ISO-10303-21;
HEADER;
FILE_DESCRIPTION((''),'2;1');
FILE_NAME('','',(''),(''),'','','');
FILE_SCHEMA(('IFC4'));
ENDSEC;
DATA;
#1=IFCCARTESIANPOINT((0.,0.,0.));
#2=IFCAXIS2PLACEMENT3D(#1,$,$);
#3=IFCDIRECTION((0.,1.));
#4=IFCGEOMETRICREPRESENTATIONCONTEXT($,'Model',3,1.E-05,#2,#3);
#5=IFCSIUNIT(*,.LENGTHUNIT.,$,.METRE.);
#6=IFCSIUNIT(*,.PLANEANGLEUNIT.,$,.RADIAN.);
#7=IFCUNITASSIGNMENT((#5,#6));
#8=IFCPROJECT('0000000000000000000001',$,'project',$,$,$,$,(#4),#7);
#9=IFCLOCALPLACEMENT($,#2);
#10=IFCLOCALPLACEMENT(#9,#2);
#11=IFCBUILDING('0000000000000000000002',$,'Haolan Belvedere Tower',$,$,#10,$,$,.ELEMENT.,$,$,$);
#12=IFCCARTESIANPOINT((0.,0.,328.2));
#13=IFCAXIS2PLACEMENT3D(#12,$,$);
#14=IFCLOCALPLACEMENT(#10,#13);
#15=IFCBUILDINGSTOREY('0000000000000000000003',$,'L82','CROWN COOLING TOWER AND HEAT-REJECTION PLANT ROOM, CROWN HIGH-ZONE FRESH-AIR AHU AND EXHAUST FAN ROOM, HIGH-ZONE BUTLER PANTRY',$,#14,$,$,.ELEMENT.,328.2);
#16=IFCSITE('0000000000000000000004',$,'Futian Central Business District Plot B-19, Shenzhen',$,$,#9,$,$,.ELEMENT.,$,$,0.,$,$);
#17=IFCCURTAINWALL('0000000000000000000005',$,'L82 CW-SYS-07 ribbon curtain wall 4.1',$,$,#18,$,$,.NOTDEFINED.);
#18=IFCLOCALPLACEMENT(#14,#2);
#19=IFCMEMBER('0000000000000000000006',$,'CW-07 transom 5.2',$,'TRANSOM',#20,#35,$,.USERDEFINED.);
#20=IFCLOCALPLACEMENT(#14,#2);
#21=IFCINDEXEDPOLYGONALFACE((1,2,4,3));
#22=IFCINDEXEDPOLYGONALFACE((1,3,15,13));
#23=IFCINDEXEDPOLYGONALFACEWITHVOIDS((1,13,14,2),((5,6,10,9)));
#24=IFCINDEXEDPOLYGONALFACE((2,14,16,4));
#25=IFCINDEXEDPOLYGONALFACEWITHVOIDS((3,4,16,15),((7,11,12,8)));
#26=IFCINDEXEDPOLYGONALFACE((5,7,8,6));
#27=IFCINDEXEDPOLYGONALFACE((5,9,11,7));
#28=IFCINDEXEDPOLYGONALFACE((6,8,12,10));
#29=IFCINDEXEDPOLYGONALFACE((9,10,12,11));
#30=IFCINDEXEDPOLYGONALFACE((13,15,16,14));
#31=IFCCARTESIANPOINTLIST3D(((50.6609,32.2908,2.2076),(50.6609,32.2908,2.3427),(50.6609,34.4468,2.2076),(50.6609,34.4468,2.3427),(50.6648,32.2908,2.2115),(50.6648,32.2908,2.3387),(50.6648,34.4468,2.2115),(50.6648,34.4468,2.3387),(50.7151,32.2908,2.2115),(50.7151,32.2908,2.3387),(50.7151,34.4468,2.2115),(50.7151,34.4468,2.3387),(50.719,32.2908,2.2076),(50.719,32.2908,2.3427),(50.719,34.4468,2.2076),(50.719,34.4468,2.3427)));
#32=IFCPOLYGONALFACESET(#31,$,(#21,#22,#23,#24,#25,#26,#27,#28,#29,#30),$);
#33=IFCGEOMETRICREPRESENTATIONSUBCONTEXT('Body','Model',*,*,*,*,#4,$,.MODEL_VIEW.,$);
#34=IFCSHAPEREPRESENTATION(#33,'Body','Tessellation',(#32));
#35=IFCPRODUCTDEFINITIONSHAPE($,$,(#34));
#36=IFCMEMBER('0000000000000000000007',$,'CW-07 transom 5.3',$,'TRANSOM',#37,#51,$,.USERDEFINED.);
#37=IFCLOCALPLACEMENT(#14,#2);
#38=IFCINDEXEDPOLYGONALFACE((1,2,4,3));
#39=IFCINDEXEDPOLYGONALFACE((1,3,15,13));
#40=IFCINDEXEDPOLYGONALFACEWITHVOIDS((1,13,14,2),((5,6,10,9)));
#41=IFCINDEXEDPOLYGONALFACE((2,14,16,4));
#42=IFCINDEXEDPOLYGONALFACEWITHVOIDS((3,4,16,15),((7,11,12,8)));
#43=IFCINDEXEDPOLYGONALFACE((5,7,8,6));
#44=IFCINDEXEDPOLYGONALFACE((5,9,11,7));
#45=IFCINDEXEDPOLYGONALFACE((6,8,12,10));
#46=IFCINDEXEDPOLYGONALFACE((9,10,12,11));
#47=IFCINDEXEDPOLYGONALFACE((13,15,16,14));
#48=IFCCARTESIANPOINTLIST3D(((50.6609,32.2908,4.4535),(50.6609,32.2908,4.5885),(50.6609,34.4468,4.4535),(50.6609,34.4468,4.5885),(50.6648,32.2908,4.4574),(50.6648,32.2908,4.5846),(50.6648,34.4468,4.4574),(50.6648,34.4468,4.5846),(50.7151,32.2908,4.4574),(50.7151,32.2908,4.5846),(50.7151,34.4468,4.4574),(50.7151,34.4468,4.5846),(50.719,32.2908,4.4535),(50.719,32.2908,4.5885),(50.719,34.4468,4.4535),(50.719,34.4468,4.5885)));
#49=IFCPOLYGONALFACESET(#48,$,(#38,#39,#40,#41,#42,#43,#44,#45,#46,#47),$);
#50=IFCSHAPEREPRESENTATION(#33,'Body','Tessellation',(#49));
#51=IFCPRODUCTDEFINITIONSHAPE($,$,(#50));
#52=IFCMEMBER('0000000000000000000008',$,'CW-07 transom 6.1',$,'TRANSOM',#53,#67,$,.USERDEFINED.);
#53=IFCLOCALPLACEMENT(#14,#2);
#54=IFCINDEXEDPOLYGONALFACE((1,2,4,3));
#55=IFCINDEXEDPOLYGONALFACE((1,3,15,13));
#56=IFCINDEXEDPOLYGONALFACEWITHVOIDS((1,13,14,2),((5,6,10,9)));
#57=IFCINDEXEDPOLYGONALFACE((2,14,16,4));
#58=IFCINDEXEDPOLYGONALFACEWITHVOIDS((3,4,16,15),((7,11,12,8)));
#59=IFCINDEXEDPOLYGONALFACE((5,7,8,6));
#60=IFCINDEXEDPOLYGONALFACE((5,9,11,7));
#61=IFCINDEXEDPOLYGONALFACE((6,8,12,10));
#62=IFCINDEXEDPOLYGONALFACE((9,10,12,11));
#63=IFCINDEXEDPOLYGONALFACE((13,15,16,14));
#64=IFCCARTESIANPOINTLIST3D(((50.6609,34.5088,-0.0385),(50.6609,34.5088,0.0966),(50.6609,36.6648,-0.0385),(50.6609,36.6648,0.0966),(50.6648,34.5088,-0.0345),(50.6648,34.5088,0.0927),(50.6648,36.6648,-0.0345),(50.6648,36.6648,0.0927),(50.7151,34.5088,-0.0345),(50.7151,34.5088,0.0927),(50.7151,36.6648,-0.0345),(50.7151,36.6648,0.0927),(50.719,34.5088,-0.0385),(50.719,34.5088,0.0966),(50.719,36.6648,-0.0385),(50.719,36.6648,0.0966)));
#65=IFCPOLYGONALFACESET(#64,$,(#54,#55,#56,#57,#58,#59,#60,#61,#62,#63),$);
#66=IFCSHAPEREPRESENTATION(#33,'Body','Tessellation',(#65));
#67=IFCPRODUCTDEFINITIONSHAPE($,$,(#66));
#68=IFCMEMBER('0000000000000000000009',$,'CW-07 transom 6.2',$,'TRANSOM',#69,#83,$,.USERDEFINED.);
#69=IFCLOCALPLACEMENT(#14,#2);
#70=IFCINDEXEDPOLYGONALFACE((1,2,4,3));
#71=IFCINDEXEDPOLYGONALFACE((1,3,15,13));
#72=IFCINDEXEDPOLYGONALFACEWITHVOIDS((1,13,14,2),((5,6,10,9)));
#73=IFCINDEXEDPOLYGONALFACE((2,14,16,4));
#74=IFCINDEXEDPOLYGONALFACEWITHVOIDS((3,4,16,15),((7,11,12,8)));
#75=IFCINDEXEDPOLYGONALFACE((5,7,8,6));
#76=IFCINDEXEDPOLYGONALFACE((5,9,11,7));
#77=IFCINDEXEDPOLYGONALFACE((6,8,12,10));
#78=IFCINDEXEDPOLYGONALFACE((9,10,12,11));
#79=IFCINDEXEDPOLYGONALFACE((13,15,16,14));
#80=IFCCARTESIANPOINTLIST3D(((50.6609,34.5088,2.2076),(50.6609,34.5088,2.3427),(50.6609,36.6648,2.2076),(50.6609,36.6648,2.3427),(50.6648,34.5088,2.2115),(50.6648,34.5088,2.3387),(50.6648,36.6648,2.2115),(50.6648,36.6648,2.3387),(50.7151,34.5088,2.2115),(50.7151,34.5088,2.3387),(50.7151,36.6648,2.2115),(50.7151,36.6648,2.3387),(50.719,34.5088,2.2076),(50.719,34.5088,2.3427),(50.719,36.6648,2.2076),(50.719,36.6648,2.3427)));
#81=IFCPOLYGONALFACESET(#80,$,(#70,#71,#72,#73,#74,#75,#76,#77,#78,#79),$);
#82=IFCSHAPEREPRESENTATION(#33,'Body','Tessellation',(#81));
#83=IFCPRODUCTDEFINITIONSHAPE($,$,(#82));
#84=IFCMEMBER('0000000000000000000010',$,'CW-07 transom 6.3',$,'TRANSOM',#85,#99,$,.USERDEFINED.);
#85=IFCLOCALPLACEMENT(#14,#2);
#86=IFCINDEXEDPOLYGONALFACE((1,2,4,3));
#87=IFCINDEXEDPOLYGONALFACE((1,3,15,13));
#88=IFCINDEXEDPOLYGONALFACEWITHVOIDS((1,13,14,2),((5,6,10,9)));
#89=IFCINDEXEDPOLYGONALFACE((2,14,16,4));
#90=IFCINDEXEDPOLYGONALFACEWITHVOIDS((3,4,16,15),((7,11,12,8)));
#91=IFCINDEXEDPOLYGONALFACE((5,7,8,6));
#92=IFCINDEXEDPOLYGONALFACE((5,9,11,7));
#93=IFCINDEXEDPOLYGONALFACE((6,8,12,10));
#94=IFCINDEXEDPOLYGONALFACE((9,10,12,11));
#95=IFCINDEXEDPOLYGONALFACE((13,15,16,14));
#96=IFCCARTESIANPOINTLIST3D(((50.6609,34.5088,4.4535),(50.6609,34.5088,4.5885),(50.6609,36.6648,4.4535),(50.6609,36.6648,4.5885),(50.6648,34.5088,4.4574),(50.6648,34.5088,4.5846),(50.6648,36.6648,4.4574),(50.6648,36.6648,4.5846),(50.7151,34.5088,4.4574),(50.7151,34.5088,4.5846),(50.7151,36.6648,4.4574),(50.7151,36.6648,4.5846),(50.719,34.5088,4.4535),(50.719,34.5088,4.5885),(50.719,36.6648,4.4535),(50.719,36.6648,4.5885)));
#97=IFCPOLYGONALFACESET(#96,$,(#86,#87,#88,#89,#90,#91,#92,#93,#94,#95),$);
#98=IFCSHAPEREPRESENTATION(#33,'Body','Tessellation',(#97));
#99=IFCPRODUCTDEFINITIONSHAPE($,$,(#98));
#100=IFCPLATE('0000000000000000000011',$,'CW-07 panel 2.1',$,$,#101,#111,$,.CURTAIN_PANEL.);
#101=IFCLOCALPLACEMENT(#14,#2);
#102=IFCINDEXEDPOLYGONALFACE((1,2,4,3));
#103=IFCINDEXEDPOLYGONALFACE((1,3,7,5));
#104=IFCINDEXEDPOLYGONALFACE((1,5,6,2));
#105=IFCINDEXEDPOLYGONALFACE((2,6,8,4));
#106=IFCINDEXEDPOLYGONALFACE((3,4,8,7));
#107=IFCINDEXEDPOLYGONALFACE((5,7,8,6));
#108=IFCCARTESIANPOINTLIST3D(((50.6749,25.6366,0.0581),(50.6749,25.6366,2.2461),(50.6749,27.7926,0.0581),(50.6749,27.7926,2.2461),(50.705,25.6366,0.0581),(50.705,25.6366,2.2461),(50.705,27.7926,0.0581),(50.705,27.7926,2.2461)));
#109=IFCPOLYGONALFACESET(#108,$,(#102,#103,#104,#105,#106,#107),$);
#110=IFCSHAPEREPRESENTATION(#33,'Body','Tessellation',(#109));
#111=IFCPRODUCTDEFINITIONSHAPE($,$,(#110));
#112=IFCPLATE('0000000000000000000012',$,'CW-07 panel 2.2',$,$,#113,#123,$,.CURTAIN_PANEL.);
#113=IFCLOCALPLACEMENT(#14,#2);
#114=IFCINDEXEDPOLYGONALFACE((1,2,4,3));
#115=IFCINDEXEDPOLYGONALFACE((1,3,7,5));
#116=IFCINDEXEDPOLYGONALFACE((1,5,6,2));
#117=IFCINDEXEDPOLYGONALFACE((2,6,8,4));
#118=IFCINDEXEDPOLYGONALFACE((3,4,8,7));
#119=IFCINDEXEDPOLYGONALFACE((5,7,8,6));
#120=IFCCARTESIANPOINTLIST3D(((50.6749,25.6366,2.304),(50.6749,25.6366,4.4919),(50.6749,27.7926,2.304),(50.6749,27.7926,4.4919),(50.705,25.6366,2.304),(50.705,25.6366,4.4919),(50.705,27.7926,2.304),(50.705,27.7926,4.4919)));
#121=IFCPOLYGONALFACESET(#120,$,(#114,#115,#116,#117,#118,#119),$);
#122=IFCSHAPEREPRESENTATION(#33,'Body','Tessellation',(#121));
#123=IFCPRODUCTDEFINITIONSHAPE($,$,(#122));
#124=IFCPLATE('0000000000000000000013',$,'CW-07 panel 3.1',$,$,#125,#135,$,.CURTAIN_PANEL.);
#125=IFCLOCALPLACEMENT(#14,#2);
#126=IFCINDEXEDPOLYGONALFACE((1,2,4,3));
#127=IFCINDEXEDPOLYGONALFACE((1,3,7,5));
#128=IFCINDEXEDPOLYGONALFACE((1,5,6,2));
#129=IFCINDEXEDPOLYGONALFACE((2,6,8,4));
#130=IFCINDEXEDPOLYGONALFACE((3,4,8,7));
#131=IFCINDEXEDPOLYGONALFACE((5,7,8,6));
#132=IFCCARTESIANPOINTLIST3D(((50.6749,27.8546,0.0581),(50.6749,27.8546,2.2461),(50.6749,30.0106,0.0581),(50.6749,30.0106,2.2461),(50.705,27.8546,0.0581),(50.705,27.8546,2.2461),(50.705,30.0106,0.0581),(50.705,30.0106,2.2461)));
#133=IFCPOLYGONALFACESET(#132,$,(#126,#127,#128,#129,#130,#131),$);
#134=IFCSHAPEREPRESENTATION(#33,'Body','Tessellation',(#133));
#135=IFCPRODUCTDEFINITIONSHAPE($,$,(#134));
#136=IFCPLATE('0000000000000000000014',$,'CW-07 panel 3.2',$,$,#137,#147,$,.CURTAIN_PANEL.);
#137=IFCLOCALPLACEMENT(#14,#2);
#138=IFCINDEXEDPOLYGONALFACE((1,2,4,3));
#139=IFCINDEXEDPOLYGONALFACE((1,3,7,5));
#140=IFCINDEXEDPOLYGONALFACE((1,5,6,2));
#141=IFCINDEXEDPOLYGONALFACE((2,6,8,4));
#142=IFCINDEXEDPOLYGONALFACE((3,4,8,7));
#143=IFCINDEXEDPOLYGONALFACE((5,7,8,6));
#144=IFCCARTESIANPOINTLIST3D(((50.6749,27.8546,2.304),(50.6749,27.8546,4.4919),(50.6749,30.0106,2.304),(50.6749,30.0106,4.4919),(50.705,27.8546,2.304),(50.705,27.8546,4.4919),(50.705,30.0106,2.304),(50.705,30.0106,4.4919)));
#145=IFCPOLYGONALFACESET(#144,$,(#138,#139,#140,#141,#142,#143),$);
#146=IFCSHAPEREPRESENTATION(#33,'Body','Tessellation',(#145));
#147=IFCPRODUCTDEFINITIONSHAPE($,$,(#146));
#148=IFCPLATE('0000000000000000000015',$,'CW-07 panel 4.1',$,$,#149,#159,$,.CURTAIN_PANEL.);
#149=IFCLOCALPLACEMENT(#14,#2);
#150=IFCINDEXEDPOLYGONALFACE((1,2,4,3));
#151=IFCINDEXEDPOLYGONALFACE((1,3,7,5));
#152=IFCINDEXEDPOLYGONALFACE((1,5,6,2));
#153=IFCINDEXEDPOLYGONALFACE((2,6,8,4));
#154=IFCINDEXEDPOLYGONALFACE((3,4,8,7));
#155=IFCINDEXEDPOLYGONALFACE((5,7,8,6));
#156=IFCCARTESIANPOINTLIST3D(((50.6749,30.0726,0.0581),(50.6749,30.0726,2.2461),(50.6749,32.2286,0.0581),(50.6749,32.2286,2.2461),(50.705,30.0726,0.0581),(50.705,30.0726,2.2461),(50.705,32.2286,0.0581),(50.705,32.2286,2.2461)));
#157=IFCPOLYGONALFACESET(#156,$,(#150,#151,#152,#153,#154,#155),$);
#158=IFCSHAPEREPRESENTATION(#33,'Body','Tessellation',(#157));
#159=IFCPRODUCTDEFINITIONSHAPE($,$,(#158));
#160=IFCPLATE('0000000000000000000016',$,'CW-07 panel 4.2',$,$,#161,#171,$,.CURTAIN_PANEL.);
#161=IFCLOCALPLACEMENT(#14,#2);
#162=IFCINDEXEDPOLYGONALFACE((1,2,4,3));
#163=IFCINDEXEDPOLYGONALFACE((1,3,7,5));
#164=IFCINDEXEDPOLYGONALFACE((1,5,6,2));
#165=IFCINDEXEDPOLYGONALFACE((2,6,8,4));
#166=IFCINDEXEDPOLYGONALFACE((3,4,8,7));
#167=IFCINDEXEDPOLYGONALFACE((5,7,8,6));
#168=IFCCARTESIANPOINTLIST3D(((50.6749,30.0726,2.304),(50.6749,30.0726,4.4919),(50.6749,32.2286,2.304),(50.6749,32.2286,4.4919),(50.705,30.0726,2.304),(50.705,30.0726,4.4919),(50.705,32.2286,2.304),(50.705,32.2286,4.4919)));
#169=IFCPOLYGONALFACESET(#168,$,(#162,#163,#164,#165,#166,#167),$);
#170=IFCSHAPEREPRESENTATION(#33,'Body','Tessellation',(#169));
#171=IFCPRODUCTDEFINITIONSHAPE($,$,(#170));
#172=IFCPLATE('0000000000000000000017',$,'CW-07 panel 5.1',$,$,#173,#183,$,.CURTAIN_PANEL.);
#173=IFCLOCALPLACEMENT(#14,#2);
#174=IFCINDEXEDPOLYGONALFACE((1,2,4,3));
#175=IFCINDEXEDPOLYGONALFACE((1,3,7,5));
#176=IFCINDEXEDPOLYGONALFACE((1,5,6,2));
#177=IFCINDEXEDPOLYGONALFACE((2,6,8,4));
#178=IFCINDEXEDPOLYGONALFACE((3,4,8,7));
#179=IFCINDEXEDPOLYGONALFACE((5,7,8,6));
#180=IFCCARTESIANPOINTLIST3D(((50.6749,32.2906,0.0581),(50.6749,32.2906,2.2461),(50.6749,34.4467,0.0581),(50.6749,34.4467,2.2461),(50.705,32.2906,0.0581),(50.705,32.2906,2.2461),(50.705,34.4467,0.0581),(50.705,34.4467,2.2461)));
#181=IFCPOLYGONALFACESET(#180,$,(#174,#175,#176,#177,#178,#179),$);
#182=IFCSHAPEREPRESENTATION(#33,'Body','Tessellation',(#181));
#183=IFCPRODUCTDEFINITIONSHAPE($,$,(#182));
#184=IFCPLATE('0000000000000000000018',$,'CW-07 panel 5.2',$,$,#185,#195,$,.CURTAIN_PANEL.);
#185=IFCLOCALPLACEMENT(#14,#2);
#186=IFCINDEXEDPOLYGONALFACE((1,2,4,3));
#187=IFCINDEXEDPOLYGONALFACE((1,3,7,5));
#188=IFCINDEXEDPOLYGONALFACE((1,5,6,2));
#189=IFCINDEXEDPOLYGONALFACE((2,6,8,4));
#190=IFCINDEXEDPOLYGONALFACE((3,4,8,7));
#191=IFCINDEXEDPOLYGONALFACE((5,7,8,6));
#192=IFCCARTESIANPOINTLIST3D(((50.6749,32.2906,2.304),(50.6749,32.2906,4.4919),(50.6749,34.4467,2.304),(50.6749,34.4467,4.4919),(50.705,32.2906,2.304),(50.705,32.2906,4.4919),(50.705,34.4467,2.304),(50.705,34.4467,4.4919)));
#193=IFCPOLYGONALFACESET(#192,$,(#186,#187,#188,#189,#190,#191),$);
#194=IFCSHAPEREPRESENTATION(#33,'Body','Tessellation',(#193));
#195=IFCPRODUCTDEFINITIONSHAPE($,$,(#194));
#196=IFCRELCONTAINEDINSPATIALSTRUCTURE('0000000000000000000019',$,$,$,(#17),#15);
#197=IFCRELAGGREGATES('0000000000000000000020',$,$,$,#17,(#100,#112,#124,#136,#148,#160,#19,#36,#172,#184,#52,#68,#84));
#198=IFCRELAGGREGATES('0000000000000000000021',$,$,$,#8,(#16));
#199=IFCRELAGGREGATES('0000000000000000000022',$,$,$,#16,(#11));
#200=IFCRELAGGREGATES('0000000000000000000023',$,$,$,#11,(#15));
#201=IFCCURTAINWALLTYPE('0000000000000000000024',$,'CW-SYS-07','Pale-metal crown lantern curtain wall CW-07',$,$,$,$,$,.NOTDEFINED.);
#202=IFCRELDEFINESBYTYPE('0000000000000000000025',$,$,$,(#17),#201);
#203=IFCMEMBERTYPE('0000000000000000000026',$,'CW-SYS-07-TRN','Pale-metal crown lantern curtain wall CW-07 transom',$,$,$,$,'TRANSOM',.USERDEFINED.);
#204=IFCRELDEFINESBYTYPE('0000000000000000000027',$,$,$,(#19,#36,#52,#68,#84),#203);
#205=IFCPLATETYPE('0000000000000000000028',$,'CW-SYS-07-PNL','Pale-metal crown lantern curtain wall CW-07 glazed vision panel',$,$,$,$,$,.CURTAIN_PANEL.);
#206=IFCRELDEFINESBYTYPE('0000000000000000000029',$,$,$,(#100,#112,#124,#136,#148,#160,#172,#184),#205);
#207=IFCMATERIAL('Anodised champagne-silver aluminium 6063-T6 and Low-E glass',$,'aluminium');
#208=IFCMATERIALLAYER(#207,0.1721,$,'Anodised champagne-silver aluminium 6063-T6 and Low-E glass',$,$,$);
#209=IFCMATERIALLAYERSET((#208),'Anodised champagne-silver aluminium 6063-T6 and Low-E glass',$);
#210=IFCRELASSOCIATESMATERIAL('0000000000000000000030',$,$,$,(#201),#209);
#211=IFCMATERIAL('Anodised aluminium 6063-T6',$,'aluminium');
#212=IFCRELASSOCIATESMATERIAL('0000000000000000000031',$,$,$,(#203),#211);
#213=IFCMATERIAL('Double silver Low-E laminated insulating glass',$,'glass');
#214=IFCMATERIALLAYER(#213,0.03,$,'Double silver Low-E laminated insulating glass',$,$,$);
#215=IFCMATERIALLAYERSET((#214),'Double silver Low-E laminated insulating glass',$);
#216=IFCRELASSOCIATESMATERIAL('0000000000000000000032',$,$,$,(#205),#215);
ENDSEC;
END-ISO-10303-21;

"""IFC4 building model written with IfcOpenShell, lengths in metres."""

from ifc_helpers import new_model, si_unit, direction, frame, origin, origin_2d, place, context, subcontext, project, spatial, rectangle, hollow_rectangle, extrude, material, layer, layer_set, material_profile, profile_set, type_object, element, aggregate, save


model = new_model("IFC4")

# Units and contexts
model_context = context("Model", 3, precision=1e-05, world=origin(), true_north=direction((0.0, 1.0)))
body_context = subcontext(model_context, "Body", "Model", "MODEL_VIEW")
ifc_project = project(units=[si_unit("LENGTHUNIT", "METRE"), si_unit("PLANEANGLEUNIT", "RADIAN")], contexts=[model_context])

# Site, building, storey
site_placement = place(None, origin())
site = spatial("IfcSite", under=ifc_project, at=site_placement, Name="Futian Central Business District Plot B-19, Shenzhen", CompositionType="ELEMENT", RefElevation=0.0)
building_placement = place(site_placement, origin())
building = spatial("IfcBuilding", under=site, at=building_placement, Name="Haolan Belvedere Tower", CompositionType="ELEMENT")
storey_placement = place(building_placement, frame((0.0, 0.0, 328.2)))
storey = spatial("IfcBuildingStorey", under=building, at=storey_placement, Name="L82", Description="CROWN COOLING TOWER AND HEAT-REJECTION PLANT ROOM, CROWN HIGH-ZONE FRESH-AIR AHU AND EXHAUST FAN ROOM, HIGH-ZONE BUTLER PANTRY", CompositionType="ELEMENT", Elevation=328.2)

# Curtain wall, members, plates
ifc_material_1 = material(Name="Anodised champagne-silver aluminium 6063-T6 and Low-E glass", Category="aluminium")
ifc_layer_1 = layer(ifc_material_1, 0.1721, Name="Anodised champagne-silver aluminium 6063-T6 and Low-E glass")
ifc_layer_set_1 = layer_set([ifc_layer_1], Name="Anodised champagne-silver aluminium 6063-T6 and Low-E glass")
curtain_wall_type = type_object("IfcCurtainWallType", Name="CW-SYS-07", Description="Pale-metal crown lantern curtain wall CW-07", PredefinedType="NOTDEFINED", material=ifc_layer_set_1)
curtain_wall_placement = place(storey_placement, origin())
curtain_wall = element("IfcCurtainWall", 1, at=curtain_wall_placement, inside=storey, type_object=curtain_wall_type, Name="L82 CW-SYS-07 ribbon curtain wall 4.1", PredefinedType="NOTDEFINED")
ifc_material_2 = material(Name="Anodised aluminium 6063-T6", Category="aluminium")
ifc_material_profile_1 = material_profile(ifc_material_2, hollow_rectangle(XDim=0.0581, YDim=0.135, WallThickness=0.0039, at=origin_2d()), Name="Anodised aluminium 6063-T6")
ifc_profile_set_1 = profile_set([ifc_material_profile_1], Name="Anodised aluminium 6063-T6")
member_type_1 = type_object("IfcMemberType", Name="CW-SYS-07-TRN", Description="Pale-metal crown lantern curtain wall CW-07 transom", ElementType="TRANSOM", PredefinedType="USERDEFINED", material=ifc_profile_set_1)
member_1_placement = place(storey_placement, frame((50.6899, 32.2908, 2.2751), z_axis=(0.0, 1.0, 0.0), x_axis=(-1.0, 0.0, 0.0)))
member_1 = element("IfcMember", 2, at=member_1_placement, type_object=member_type_1, Name="CW-07 transom 5.2", ObjectType="TRANSOM", PredefinedType="USERDEFINED", context=body_context, shape_type="SweptSolid", body=[
    extrude(hollow_rectangle(XDim=0.0581, YDim=0.135, WallThickness=0.0039, at=origin_2d()), origin(), (0.0, 0.0, 1.0), 2.156),
])
member_2_placement = place(storey_placement, frame((50.6899, 32.2908, 4.521), z_axis=(0.0, 1.0, 0.0), x_axis=(-1.0, 0.0, 0.0)))
member_2 = element("IfcMember", 3, at=member_2_placement, type_object=member_type_1, Name="CW-07 transom 5.3", ObjectType="TRANSOM", PredefinedType="USERDEFINED", context=body_context, shape_type="SweptSolid", body=[
    extrude(hollow_rectangle(XDim=0.0581, YDim=0.135, WallThickness=0.0039, at=origin_2d()), origin(), (0.0, 0.0, 1.0), 2.156),
])
member_3_placement = place(storey_placement, frame((50.6899, 34.5088, 0.0291), z_axis=(0.0, 1.0, 0.0), x_axis=(-1.0, 0.0, 0.0)))
member_3 = element("IfcMember", 4, at=member_3_placement, type_object=member_type_1, Name="CW-07 transom 6.1", ObjectType="TRANSOM", PredefinedType="USERDEFINED", context=body_context, shape_type="SweptSolid", body=[
    extrude(hollow_rectangle(XDim=0.0581, YDim=0.135, WallThickness=0.0039, at=origin_2d()), origin(), (0.0, 0.0, 1.0), 2.156),
])
member_4_placement = place(storey_placement, frame((50.6899, 34.5088, 2.2751), z_axis=(0.0, 1.0, 0.0), x_axis=(-1.0, 0.0, 0.0)))
member_4 = element("IfcMember", 5, at=member_4_placement, type_object=member_type_1, Name="CW-07 transom 6.2", ObjectType="TRANSOM", PredefinedType="USERDEFINED", context=body_context, shape_type="SweptSolid", body=[
    extrude(hollow_rectangle(XDim=0.0581, YDim=0.135, WallThickness=0.0039, at=origin_2d()), origin(), (0.0, 0.0, 1.0), 2.156),
])
member_5_placement = place(storey_placement, frame((50.6899, 34.5088, 4.521), z_axis=(0.0, 1.0, 0.0), x_axis=(-1.0, 0.0, 0.0)))
member_5 = element("IfcMember", 6, at=member_5_placement, type_object=member_type_1, Name="CW-07 transom 6.3", ObjectType="TRANSOM", PredefinedType="USERDEFINED", context=body_context, shape_type="SweptSolid", body=[
    extrude(hollow_rectangle(XDim=0.0581, YDim=0.135, WallThickness=0.0039, at=origin_2d()), origin(), (0.0, 0.0, 1.0), 2.156),
])
ifc_material_3 = material(Name="Double silver Low-E laminated insulating glass", Category="glass")
ifc_layer_2 = layer(ifc_material_3, 0.03, Name="Double silver Low-E laminated insulating glass")
ifc_layer_set_2 = layer_set([ifc_layer_2], Name="Double silver Low-E laminated insulating glass")
plate_type = type_object("IfcPlateType", Name="CW-SYS-07-PNL", Description="Pale-metal crown lantern curtain wall CW-07 glazed vision panel", PredefinedType="CURTAIN_PANEL", material=ifc_layer_set_2)
plate_1_placement = place(storey_placement, frame((50.6899, 26.7146, 0.0581), z_axis=(0.0, 0.0, 1.0), x_axis=(0.0, 1.0, 0.0)))
plate_1 = element("IfcPlate", 7, at=plate_1_placement, type_object=plate_type, Name="CW-07 panel 2.1", PredefinedType="CURTAIN_PANEL", context=body_context, shape_type="SweptSolid", body=[
    extrude(rectangle(XDim=2.156, YDim=0.03, at=origin_2d()), origin(), (0.0, 0.0, 1.0), 2.188),
])
plate_2_placement = place(storey_placement, frame((50.6899, 26.7146, 2.304), z_axis=(0.0, 0.0, 1.0), x_axis=(0.0, 1.0, 0.0)))
plate_2 = element("IfcPlate", 8, at=plate_2_placement, type_object=plate_type, Name="CW-07 panel 2.2", PredefinedType="CURTAIN_PANEL", context=body_context, shape_type="SweptSolid", body=[
    extrude(rectangle(XDim=2.156, YDim=0.03, at=origin_2d()), origin(), (0.0, 0.0, 1.0), 2.188),
])
plate_3_placement = place(storey_placement, frame((50.6899, 28.9326, 0.0581), z_axis=(0.0, 0.0, 1.0), x_axis=(0.0, 1.0, 0.0)))
plate_3 = element("IfcPlate", 9, at=plate_3_placement, type_object=plate_type, Name="CW-07 panel 3.1", PredefinedType="CURTAIN_PANEL", context=body_context, shape_type="SweptSolid", body=[
    extrude(rectangle(XDim=2.156, YDim=0.03, at=origin_2d()), origin(), (0.0, 0.0, 1.0), 2.188),
])
plate_4_placement = place(storey_placement, frame((50.6899, 28.9326, 2.304), z_axis=(0.0, 0.0, 1.0), x_axis=(0.0, 1.0, 0.0)))
plate_4 = element("IfcPlate", 10, at=plate_4_placement, type_object=plate_type, Name="CW-07 panel 3.2", PredefinedType="CURTAIN_PANEL", context=body_context, shape_type="SweptSolid", body=[
    extrude(rectangle(XDim=2.156, YDim=0.03, at=origin_2d()), origin(), (0.0, 0.0, 1.0), 2.188),
])
plate_5_placement = place(storey_placement, frame((50.6899, 31.1506, 0.0581), z_axis=(0.0, 0.0, 1.0), x_axis=(0.0, 1.0, 0.0)))
plate_5 = element("IfcPlate", 11, at=plate_5_placement, type_object=plate_type, Name="CW-07 panel 4.1", PredefinedType="CURTAIN_PANEL", context=body_context, shape_type="SweptSolid", body=[
    extrude(rectangle(XDim=2.156, YDim=0.03, at=origin_2d()), origin(), (0.0, 0.0, 1.0), 2.188),
])
plate_6_placement = place(storey_placement, frame((50.6899, 31.1506, 2.304), z_axis=(0.0, 0.0, 1.0), x_axis=(0.0, 1.0, 0.0)))
plate_6 = element("IfcPlate", 12, at=plate_6_placement, type_object=plate_type, Name="CW-07 panel 4.2", PredefinedType="CURTAIN_PANEL", context=body_context, shape_type="SweptSolid", body=[
    extrude(rectangle(XDim=2.156, YDim=0.03, at=origin_2d()), origin(), (0.0, 0.0, 1.0), 2.188),
])
plate_7_placement = place(storey_placement, frame((50.6899, 33.3687, 0.0581), z_axis=(0.0, 0.0, 1.0), x_axis=(0.0, 1.0, 0.0)))
plate_7 = element("IfcPlate", 13, at=plate_7_placement, type_object=plate_type, Name="CW-07 panel 5.1", PredefinedType="CURTAIN_PANEL", context=body_context, shape_type="SweptSolid", body=[
    extrude(rectangle(XDim=2.156, YDim=0.03, at=origin_2d()), origin(), (0.0, 0.0, 1.0), 2.188),
])
plate_8_placement = place(storey_placement, frame((50.6899, 33.3687, 2.304), z_axis=(0.0, 0.0, 1.0), x_axis=(0.0, 1.0, 0.0)))
plate_8 = element("IfcPlate", 14, at=plate_8_placement, type_object=plate_type, Name="CW-07 panel 5.2", PredefinedType="CURTAIN_PANEL", context=body_context, shape_type="SweptSolid", body=[
    extrude(rectangle(XDim=2.156, YDim=0.03, at=origin_2d()), origin(), (0.0, 0.0, 1.0), 2.188),
])
aggregate(curtain_wall, [plate_1, plate_2, plate_3, plate_4, plate_5, plate_6, member_1, member_2, plate_7, plate_8, member_3, member_4, member_5])

save(model, "model.ifc")
